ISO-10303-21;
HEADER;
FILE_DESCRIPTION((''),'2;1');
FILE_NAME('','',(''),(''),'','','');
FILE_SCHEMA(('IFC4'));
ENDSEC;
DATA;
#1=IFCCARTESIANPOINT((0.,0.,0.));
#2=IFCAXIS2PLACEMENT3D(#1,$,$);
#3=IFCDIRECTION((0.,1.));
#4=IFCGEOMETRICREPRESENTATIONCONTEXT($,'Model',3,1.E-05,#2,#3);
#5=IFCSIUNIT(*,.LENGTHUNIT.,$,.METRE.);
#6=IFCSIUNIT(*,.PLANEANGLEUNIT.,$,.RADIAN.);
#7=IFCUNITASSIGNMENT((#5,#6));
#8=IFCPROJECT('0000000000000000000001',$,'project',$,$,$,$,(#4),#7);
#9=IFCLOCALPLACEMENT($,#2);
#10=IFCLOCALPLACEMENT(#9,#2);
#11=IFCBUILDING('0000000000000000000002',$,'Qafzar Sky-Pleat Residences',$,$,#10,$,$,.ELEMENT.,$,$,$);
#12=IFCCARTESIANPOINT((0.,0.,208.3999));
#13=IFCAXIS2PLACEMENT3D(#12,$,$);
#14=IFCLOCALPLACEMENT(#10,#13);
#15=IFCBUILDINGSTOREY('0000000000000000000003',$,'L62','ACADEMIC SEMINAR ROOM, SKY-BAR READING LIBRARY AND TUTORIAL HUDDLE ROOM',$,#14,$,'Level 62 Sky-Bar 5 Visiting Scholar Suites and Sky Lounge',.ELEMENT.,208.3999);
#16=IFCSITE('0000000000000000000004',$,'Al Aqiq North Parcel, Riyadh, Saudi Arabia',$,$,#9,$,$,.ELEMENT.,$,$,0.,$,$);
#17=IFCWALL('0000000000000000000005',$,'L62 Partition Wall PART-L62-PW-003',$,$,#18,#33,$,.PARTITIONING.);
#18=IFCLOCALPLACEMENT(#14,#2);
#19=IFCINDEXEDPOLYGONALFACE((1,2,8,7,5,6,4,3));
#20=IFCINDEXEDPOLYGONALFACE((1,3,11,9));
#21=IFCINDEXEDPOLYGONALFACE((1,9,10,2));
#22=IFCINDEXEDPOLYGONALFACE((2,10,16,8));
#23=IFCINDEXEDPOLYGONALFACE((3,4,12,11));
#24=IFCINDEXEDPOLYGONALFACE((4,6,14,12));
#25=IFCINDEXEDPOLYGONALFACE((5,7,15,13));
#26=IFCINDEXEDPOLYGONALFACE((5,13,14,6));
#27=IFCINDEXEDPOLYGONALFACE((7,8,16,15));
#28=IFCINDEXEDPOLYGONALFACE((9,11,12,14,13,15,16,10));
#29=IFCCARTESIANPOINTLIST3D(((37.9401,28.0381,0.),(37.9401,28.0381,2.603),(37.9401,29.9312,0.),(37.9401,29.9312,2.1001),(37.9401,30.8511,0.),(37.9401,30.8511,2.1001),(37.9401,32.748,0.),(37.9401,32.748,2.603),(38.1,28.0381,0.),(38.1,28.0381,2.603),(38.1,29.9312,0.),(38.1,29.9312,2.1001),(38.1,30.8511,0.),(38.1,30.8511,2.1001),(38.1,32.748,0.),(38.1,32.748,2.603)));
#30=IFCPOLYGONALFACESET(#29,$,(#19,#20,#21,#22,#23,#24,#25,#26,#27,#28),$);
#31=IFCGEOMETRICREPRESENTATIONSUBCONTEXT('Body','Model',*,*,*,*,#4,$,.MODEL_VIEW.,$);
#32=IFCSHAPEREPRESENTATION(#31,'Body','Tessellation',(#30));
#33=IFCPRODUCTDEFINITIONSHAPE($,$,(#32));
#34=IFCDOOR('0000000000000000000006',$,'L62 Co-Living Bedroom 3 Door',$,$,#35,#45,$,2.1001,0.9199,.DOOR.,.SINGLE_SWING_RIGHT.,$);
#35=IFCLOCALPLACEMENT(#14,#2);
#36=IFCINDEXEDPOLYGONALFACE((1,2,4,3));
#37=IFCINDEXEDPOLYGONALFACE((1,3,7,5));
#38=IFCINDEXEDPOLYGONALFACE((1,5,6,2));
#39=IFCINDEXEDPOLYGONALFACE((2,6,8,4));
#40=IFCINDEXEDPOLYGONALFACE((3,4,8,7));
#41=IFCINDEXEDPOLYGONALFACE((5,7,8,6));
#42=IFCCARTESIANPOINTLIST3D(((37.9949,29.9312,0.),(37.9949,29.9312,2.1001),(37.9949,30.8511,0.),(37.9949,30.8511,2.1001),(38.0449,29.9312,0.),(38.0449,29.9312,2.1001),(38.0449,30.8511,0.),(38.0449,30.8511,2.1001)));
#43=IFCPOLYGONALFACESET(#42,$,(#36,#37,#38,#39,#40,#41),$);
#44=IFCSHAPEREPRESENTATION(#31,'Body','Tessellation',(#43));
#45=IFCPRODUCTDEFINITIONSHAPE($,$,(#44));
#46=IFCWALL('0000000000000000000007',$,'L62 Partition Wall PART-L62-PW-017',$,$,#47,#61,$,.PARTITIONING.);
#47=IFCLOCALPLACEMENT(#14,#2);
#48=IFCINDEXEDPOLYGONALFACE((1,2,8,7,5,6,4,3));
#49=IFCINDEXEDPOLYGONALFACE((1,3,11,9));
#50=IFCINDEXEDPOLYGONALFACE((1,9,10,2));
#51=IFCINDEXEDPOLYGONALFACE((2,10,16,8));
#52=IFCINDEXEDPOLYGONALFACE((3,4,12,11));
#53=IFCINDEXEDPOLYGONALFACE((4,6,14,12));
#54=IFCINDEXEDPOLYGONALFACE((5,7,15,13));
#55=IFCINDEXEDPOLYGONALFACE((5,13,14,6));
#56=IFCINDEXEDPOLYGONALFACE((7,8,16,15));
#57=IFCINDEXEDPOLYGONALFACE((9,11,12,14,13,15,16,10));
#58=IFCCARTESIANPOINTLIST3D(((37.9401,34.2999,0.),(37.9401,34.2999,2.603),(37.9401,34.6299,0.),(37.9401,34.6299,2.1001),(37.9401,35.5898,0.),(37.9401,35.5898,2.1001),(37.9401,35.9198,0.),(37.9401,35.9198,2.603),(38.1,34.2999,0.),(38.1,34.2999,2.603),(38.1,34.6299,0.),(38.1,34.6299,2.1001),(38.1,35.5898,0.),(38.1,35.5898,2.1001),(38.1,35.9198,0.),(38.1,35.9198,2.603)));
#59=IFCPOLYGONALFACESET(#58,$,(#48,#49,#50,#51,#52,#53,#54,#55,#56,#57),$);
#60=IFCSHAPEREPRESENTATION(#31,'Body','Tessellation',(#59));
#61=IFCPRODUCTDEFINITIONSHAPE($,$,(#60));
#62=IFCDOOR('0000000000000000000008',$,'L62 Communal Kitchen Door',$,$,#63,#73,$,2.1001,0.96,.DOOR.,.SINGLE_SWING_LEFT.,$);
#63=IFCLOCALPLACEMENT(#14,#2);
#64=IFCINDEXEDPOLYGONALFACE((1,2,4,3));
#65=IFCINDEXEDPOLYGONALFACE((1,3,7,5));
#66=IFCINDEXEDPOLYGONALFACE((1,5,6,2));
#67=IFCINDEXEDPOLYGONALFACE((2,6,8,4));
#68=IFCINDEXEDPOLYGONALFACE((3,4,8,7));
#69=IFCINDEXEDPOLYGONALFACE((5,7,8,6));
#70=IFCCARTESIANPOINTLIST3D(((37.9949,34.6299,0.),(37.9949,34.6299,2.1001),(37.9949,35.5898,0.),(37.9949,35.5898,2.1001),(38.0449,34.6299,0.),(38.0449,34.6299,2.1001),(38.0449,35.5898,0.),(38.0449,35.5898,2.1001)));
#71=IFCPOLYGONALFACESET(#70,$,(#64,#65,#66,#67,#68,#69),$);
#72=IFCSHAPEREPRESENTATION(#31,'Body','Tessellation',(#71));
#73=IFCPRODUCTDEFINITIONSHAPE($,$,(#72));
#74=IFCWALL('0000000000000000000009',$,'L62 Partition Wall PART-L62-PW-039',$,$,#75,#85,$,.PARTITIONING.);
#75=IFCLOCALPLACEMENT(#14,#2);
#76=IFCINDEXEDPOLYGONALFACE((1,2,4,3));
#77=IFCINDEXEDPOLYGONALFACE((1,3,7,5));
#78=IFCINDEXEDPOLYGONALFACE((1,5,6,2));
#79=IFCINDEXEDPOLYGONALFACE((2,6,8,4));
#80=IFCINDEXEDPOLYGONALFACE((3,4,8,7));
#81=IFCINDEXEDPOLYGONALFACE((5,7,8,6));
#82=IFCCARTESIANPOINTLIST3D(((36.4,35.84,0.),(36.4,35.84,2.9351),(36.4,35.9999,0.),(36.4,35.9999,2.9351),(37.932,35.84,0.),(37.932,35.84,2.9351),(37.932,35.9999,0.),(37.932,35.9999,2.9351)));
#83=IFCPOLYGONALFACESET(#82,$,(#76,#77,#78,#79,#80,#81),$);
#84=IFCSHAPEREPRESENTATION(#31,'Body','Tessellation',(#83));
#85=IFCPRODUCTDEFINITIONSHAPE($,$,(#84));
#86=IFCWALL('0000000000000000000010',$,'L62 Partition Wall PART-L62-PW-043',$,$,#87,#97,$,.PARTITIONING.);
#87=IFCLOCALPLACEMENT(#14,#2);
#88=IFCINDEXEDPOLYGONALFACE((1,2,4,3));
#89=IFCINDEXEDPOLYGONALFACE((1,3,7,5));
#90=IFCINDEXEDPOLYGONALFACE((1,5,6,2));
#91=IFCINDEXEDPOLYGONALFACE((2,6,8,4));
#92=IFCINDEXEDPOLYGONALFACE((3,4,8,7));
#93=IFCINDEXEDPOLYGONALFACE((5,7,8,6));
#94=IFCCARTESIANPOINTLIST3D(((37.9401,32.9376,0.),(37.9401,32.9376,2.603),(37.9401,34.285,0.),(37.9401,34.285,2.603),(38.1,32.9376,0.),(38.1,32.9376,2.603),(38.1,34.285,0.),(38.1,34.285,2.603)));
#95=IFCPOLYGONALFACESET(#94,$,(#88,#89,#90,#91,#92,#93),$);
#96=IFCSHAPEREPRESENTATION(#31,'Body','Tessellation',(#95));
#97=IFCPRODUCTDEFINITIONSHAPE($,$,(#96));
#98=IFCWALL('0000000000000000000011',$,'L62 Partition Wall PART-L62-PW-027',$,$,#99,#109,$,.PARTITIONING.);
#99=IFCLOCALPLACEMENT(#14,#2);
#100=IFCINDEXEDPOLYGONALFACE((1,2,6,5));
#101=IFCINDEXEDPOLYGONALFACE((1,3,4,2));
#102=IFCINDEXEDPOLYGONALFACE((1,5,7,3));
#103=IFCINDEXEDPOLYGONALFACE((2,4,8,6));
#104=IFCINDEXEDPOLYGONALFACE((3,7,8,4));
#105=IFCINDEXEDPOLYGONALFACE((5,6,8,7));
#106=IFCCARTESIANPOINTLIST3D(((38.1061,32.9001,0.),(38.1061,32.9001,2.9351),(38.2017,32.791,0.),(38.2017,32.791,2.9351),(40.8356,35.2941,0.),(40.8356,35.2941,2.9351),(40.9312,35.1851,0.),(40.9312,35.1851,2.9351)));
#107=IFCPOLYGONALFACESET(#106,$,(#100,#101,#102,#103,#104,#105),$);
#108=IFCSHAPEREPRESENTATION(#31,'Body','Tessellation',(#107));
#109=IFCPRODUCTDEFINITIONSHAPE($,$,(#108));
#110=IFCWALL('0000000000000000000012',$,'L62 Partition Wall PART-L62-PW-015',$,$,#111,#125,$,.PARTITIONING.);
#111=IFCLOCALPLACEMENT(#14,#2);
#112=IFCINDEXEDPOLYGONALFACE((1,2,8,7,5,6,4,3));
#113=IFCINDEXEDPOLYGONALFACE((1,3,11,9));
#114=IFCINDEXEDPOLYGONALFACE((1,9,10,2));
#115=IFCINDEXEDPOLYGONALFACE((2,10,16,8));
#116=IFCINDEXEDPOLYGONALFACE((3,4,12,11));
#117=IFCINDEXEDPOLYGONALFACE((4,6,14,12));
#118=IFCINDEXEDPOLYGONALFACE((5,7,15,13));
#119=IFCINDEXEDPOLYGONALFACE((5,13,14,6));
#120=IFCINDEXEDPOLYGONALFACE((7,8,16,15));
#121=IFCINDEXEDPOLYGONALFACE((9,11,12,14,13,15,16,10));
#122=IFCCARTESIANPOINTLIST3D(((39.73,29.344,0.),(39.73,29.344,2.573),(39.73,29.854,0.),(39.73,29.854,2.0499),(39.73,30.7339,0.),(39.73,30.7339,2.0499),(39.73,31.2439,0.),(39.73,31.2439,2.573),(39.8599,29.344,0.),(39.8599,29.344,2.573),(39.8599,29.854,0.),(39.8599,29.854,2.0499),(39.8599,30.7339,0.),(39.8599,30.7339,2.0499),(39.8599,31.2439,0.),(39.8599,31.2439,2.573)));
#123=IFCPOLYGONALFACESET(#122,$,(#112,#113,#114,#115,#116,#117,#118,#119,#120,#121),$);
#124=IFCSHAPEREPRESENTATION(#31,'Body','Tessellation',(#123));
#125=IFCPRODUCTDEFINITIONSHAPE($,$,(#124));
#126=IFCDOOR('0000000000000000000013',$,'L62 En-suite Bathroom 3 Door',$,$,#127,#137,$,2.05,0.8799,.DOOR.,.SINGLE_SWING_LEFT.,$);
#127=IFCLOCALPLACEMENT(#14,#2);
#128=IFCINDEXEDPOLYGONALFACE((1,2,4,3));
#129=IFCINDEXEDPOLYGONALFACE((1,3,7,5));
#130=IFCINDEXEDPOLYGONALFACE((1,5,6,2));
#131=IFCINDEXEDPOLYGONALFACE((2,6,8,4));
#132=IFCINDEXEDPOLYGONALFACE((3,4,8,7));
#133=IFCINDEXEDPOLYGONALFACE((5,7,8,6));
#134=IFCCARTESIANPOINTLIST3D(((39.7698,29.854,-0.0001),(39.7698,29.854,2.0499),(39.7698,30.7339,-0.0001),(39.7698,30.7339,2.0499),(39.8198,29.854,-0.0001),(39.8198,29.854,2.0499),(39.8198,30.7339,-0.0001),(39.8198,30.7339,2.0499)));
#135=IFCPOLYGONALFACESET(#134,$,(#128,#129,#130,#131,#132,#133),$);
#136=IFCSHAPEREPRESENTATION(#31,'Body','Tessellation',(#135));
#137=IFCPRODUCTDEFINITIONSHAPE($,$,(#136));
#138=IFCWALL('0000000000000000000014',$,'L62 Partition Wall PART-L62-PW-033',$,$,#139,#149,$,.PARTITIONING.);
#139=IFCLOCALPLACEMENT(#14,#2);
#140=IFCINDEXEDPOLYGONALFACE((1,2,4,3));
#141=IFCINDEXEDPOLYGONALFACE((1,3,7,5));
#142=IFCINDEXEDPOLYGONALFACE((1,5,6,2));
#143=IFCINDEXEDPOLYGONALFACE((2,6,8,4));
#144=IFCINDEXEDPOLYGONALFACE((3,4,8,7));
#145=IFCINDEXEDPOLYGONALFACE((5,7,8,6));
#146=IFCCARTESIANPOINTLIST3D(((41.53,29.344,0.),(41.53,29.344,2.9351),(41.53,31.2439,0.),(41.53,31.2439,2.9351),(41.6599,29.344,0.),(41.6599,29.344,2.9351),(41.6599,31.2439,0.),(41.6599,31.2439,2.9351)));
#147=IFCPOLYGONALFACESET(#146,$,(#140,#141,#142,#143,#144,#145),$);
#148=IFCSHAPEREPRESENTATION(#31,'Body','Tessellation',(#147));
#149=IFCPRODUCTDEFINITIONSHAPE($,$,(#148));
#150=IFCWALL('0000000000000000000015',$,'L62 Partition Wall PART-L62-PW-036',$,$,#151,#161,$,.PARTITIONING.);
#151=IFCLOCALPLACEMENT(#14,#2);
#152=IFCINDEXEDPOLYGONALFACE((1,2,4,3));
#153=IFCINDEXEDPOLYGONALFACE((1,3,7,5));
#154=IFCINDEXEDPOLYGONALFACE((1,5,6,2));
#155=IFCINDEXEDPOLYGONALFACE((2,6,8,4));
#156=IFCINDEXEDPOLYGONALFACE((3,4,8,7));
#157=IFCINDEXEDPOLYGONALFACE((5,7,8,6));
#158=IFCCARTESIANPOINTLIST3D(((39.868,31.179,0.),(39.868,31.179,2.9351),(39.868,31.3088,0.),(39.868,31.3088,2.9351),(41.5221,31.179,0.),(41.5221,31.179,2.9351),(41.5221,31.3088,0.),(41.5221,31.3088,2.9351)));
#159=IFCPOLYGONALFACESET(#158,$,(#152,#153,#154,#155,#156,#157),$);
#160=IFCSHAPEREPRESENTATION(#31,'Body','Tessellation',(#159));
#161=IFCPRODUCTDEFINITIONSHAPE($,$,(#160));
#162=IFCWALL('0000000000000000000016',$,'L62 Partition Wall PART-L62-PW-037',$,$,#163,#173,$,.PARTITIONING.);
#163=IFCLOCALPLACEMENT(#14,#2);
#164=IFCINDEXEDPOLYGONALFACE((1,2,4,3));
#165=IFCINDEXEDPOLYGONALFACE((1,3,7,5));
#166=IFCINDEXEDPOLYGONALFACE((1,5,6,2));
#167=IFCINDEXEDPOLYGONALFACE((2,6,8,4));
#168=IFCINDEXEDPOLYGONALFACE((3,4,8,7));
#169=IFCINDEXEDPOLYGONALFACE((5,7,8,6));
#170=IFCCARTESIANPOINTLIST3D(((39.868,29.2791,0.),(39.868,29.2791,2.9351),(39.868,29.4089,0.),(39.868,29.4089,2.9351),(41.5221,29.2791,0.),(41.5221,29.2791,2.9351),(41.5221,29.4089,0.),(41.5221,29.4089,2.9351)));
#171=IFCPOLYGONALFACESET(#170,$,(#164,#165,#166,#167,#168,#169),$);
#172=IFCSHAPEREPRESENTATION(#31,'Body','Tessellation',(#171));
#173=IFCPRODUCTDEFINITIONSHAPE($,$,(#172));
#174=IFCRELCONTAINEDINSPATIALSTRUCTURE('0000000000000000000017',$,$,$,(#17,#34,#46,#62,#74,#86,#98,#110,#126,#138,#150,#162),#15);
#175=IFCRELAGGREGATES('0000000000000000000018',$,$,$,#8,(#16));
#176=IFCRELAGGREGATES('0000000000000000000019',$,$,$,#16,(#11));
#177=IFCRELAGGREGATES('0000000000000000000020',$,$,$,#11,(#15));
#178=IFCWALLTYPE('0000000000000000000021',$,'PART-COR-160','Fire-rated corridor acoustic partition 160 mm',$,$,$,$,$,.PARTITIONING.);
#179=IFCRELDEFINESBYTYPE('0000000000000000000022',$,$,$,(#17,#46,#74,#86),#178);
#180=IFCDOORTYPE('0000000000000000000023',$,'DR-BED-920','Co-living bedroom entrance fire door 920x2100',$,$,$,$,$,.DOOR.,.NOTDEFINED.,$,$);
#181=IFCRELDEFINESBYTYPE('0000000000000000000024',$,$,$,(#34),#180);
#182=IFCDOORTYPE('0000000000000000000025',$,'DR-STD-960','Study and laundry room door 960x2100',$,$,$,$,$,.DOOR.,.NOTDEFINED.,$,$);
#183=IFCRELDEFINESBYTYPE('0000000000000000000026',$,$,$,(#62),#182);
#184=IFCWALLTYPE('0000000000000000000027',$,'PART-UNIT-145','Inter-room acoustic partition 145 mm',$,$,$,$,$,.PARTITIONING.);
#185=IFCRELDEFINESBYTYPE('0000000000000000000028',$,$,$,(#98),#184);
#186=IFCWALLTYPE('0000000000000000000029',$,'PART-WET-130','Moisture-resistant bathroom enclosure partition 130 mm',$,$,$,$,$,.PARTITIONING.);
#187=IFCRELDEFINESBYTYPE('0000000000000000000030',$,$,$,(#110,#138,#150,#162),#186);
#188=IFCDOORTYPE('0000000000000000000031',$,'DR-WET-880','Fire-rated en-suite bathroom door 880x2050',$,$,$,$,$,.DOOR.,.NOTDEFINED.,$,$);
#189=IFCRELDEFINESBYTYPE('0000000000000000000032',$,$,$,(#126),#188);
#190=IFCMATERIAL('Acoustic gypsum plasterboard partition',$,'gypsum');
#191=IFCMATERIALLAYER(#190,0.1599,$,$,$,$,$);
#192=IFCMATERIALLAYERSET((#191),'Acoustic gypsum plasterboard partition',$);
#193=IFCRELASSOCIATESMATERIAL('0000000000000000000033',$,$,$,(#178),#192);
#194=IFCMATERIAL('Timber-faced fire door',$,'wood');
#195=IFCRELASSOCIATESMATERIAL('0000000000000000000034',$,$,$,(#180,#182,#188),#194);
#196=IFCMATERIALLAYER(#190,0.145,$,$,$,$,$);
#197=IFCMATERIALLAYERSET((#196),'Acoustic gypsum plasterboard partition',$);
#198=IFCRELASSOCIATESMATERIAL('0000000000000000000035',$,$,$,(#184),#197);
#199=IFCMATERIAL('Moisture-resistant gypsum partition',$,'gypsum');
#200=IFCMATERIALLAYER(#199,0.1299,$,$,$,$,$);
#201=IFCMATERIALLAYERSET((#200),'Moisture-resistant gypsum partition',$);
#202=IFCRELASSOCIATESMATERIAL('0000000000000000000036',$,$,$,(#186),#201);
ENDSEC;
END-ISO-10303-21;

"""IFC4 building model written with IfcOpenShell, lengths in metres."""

from ifc_helpers import new_model, si_unit, direction, frame, frame_2d, origin, place, context, subcontext, project, spatial, rectangle, extrude, source, transform, mapped, material, layer, layer_set, type_object, element, fill, save


model = new_model("IFC4")

# Units and contexts
model_context = context("Model", 3, precision=1e-05, world=origin(), true_north=direction((0.0, 1.0)))
body_context = subcontext(model_context, "Body", "Model", "MODEL_VIEW")
ifc_project = project(units=[si_unit("LENGTHUNIT", "METRE"), si_unit("PLANEANGLEUNIT", "RADIAN")], contexts=[model_context])

# Site, building, storey
site_placement = place(None, origin())
site = spatial("IfcSite", under=ifc_project, at=site_placement, Name="Al Aqiq North Parcel, Riyadh, Saudi Arabia", CompositionType="ELEMENT", RefElevation=0.0)
building_placement = place(site_placement, origin())
building = spatial("IfcBuilding", under=site, at=building_placement, Name="Qafzar Sky-Pleat Residences", CompositionType="ELEMENT")
storey_placement = place(building_placement, frame((0.0, 0.0, 208.3999)))
storey = spatial("IfcBuildingStorey", under=building, at=storey_placement, Name="L62", Description="ACADEMIC SEMINAR ROOM, SKY-BAR READING LIBRARY AND TUTORIAL HUDDLE ROOM", LongName="Level 62 Sky-Bar 5 Visiting Scholar Suites and Sky Lounge", CompositionType="ELEMENT", Elevation=208.3999)

# Walls, openings, doors
ifc_material_1 = material(Name="Acoustic gypsum plasterboard partition", Category="gypsum")
ifc_layer_1 = layer(ifc_material_1, 0.1599)
ifc_layer_set_1 = layer_set([ifc_layer_1], Name="Acoustic gypsum plasterboard partition")
wall_type_1 = type_object("IfcWallType", Name="PART-COR-160", Description="Fire-rated corridor acoustic partition 160 mm", PredefinedType="PARTITIONING", material=ifc_layer_set_1)
wall_1_placement = place(storey_placement, frame((38.02, 32.748, 0.0), z_axis=(0.0, 0.0, 1.0), x_axis=(0.0, -1.0, 0.0)))
wall_1 = element("IfcWall", 1, at=wall_1_placement, inside=storey, type_object=wall_type_1, Name="L62 Partition Wall PART-L62-PW-003", PredefinedType="PARTITIONING", context=body_context, shape_type="SweptSolid", body=[
    extrude(rectangle(XDim=4.71, YDim=0.1599, at=frame_2d((2.355, 0.0))), origin(), (0.0, 0.0, 1.0), 2.603),
])
opening_1_placement = place(wall_1_placement, frame((1.897, 0.0, 0.0)))
opening_1 = element("IfcOpeningElement", 2, at=opening_1_placement, cuts=wall_1, PredefinedType="OPENING", context=body_context, shape_type="SweptSolid", body=[
    extrude(rectangle(XDim=0.9199, YDim=2.1001, at=frame_2d((0.46, 1.05))), frame((0.0, 0.0898, 0.0), z_axis=(0.0, -1.0, 0.0), x_axis=(1.0, 0.0, 0.0)), (0.0, 0.0, 1.0), 0.1799),
])
ifc_material_2 = material(Name="Timber-faced fire door", Category="wood")
door_type_1 = type_object("IfcDoorType", Name="DR-BED-920", Description="Co-living bedroom entrance fire door 920x2100", OperationType="NOTDEFINED", PredefinedType="DOOR", material=ifc_material_2)
shared_shape_1 = source(origin(), body_context, "Body", "SweptSolid", [
    extrude(rectangle(XDim=0.9199, YDim=2.1001, at=frame_2d((0.46, 1.05))), frame((0.0, 0.0249, 0.0), z_axis=(0.0, -1.0, 0.0), x_axis=(1.0, 0.0, 0.0)), (0.0, 0.0, 1.0), 0.05),
])
door_1_placement = place(opening_1_placement, origin())
door_1 = element("IfcDoor", 3, at=door_1_placement, inside=storey, type_object=door_type_1, Name="L62 Co-Living Bedroom 3 Door", OperationType="SINGLE_SWING_RIGHT", OverallHeight=2.1001, OverallWidth=0.9199, PredefinedType="DOOR", context=body_context, shape_type="MappedRepresentation", body=[
    mapped(shared_shape_1, transform((0.0, 0.0, 0.0), x_axis=(1.0, 0.0, 0.0), y_axis=(0.0, 1.0, 0.0), z_axis=(0.0, 0.0, 1.0), scale=1.0)),
])
fill(opening_1, door_1)
wall_2_placement = place(storey_placement, frame((38.02, 35.9199, 0.0), z_axis=(0.0, 0.0, 1.0), x_axis=(0.0, -1.0, 0.0)))
wall_2 = element("IfcWall", 4, at=wall_2_placement, inside=storey, type_object=wall_type_1, Name="L62 Partition Wall PART-L62-PW-017", PredefinedType="PARTITIONING", context=body_context, shape_type="SweptSolid", body=[
    extrude(rectangle(XDim=1.6199, YDim=0.1599, at=frame_2d((0.8101, 0.0))), origin(), (0.0, 0.0, 1.0), 2.603),
])
opening_2_placement = place(wall_2_placement, frame((0.3301, 0.0, 0.0)))
opening_2 = element("IfcOpeningElement", 5, at=opening_2_placement, cuts=wall_2, PredefinedType="OPENING", context=body_context, shape_type="SweptSolid", body=[
    extrude(rectangle(XDim=0.96, YDim=2.1001, at=frame_2d((0.48, 1.05))), frame((0.0, 0.0898, 0.0), z_axis=(0.0, -1.0, 0.0), x_axis=(1.0, 0.0, 0.0)), (0.0, 0.0, 1.0), 0.1799),
])
door_type_2 = type_object("IfcDoorType", Name="DR-STD-960", Description="Study and laundry room door 960x2100", OperationType="NOTDEFINED", PredefinedType="DOOR", material=ifc_material_2)
shared_shape_2 = source(origin(), body_context, "Body", "SweptSolid", [
    extrude(rectangle(XDim=0.96, YDim=2.1001, at=frame_2d((0.48, 1.05))), frame((0.0, 0.0249, 0.0), z_axis=(0.0, -1.0, 0.0), x_axis=(1.0, 0.0, 0.0)), (0.0, 0.0, 1.0), 0.05),
])
door_2_placement = place(opening_2_placement, origin())
door_2 = element("IfcDoor", 6, at=door_2_placement, inside=storey, type_object=door_type_2, Name="L62 Communal Kitchen Door", OperationType="SINGLE_SWING_LEFT", OverallHeight=2.1001, OverallWidth=0.96, PredefinedType="DOOR", context=body_context, shape_type="MappedRepresentation", body=[
    mapped(shared_shape_2, transform((0.0, 0.0, 0.0), x_axis=(1.0, 0.0, 0.0), y_axis=(0.0, 1.0, 0.0), z_axis=(0.0, 0.0, 1.0), scale=1.0)),
])
fill(opening_2, door_2)

# Walls
wall_3_placement = place(storey_placement, frame((36.3999, 35.9199, 0.0), z_axis=(0.0, 0.0, 1.0), x_axis=(1.0, 0.0, 0.0)))
element("IfcWall", 7, at=wall_3_placement, inside=storey, type_object=wall_type_1, Name="L62 Partition Wall PART-L62-PW-039", PredefinedType="PARTITIONING", context=body_context, shape_type="SweptSolid", body=[
    extrude(rectangle(XDim=1.532, YDim=0.1599, at=frame_2d((0.7661, 0.0))), origin(), (0.0, 0.0, 1.0), 2.9351),
])
wall_4_placement = place(storey_placement, frame((38.02, 32.9375, 0.0), z_axis=(0.0, 0.0, 1.0), x_axis=(0.0, 1.0, 0.0)))
element("IfcWall", 8, at=wall_4_placement, inside=storey, type_object=wall_type_1, Name="L62 Partition Wall PART-L62-PW-043", PredefinedType="PARTITIONING", context=body_context, shape_type="SweptSolid", body=[
    extrude(rectangle(XDim=1.3474, YDim=0.1599, at=frame_2d((0.6738, 0.0))), origin(), (0.0, 0.0, 1.0), 2.603),
])
ifc_layer_2 = layer(ifc_material_1, 0.145)
ifc_layer_set_2 = layer_set([ifc_layer_2], Name="Acoustic gypsum plasterboard partition")
wall_type_2 = type_object("IfcWallType", Name="PART-UNIT-145", Description="Inter-room acoustic partition 145 mm", PredefinedType="PARTITIONING", material=ifc_layer_set_2)
wall_5_placement = place(storey_placement, frame((38.1538, 32.8455, 0.0), z_axis=(0.0, 0.0, 1.0), x_axis=(0.751793, 0.659399, 0.0)))
element("IfcWall", 9, at=wall_5_placement, inside=storey, type_object=wall_type_2, Name="L62 Partition Wall PART-L62-PW-027", PredefinedType="PARTITIONING", context=body_context, shape_type="SweptSolid", body=[
    extrude(rectangle(XDim=3.6306, YDim=0.145, at=frame_2d((1.8154, 0.0))), origin(), (0.0, 0.0, 1.0), 2.9351),
])

# Wall, opening, door
ifc_material_3 = material(Name="Moisture-resistant gypsum partition", Category="gypsum")
ifc_layer_3 = layer(ifc_material_3, 0.1299)
ifc_layer_set_3 = layer_set([ifc_layer_3], Name="Moisture-resistant gypsum partition")
wall_type_3 = type_object("IfcWallType", Name="PART-WET-130", Description="Moisture-resistant bathroom enclosure partition 130 mm", PredefinedType="PARTITIONING", material=ifc_layer_set_3)
wall_6_placement = place(storey_placement, frame((39.7949, 31.2439, 0.0), z_axis=(0.0, 0.0, 1.0), x_axis=(0.0, -1.0, 0.0)))
wall_6 = element("IfcWall", 10, at=wall_6_placement, inside=storey, type_object=wall_type_3, Name="L62 Partition Wall PART-L62-PW-015", PredefinedType="PARTITIONING", context=body_context, shape_type="SweptSolid", body=[
    extrude(rectangle(XDim=1.8999, YDim=0.1299, at=frame_2d((0.95, 0.0))), origin(), (0.0, 0.0, 1.0), 2.573),
])
opening_3_placement = place(wall_6_placement, frame((0.51, 0.0, 0.0)))
opening_3 = element("IfcOpeningElement", 11, at=opening_3_placement, cuts=wall_6, PredefinedType="OPENING", context=body_context, shape_type="SweptSolid", body=[
    extrude(rectangle(XDim=0.8799, YDim=2.05, at=frame_2d((0.4399, 1.0249))), frame((0.0, 0.075, 0.0), z_axis=(0.0, -1.0, 0.0), x_axis=(1.0, 0.0, 0.0)), (0.0, 0.0, 1.0), 0.1499),
])
door_type_3 = type_object("IfcDoorType", Name="DR-WET-880", Description="Fire-rated en-suite bathroom door 880x2050", OperationType="NOTDEFINED", PredefinedType="DOOR", material=ifc_material_2)
shared_shape_3 = source(origin(), body_context, "Body", "SweptSolid", [
    extrude(rectangle(XDim=0.8799, YDim=2.05, at=frame_2d((0.4399, 1.0249))), frame((0.0, 0.0249, 0.0), z_axis=(0.0, -1.0, 0.0), x_axis=(1.0, 0.0, 0.0)), (0.0, 0.0, 1.0), 0.05),
])
door_3_placement = place(opening_3_placement, origin())
door_3 = element("IfcDoor", 12, at=door_3_placement, inside=storey, type_object=door_type_3, Name="L62 En-suite Bathroom 3 Door", OperationType="SINGLE_SWING_LEFT", OverallHeight=2.05, OverallWidth=0.8799, PredefinedType="DOOR", context=body_context, shape_type="MappedRepresentation", body=[
    mapped(shared_shape_3, transform((0.0, 0.0, 0.0), x_axis=(1.0, 0.0, 0.0), y_axis=(0.0, 1.0, 0.0), z_axis=(0.0, 0.0, 1.0), scale=1.0)),
])
fill(opening_3, door_3)

# Walls
wall_7_placement = place(storey_placement, frame((41.595, 29.344, 0.0), z_axis=(0.0, 0.0, 1.0), x_axis=(0.0, 1.0, 0.0)))
element("IfcWall", 13, at=wall_7_placement, inside=storey, type_object=wall_type_3, Name="L62 Partition Wall PART-L62-PW-033", PredefinedType="PARTITIONING", context=body_context, shape_type="SweptSolid", body=[
    extrude(rectangle(XDim=1.8999, YDim=0.1299, at=frame_2d((0.95, 0.0))), origin(), (0.0, 0.0, 1.0), 2.9351),
])
for number, where, z_axis, x_axis, name in (
    (14, (39.8679, 31.2439, 0.0), (0.0, 0.0, 1.0), (1.0, 0.0, 0.0), "L62 Partition Wall PART-L62-PW-036"),
    (15, (39.8679, 29.344, 0.0), (0.0, 0.0, 1.0), (1.0, 0.0, 0.0), "L62 Partition Wall PART-L62-PW-037"),
):
    element("IfcWall", number, at=place(storey_placement, frame(where, z_axis=z_axis, x_axis=x_axis)), inside=storey, type_object=wall_type_3, Name=name, PredefinedType="PARTITIONING", context=body_context, shape_type="SweptSolid", body=[
        extrude(rectangle(XDim=1.6541, YDim=0.1299, at=frame_2d((0.8271, 0.0))), origin(), (0.0, 0.0, 1.0), 2.9351),
    ])

save(model, "model.ifc")
